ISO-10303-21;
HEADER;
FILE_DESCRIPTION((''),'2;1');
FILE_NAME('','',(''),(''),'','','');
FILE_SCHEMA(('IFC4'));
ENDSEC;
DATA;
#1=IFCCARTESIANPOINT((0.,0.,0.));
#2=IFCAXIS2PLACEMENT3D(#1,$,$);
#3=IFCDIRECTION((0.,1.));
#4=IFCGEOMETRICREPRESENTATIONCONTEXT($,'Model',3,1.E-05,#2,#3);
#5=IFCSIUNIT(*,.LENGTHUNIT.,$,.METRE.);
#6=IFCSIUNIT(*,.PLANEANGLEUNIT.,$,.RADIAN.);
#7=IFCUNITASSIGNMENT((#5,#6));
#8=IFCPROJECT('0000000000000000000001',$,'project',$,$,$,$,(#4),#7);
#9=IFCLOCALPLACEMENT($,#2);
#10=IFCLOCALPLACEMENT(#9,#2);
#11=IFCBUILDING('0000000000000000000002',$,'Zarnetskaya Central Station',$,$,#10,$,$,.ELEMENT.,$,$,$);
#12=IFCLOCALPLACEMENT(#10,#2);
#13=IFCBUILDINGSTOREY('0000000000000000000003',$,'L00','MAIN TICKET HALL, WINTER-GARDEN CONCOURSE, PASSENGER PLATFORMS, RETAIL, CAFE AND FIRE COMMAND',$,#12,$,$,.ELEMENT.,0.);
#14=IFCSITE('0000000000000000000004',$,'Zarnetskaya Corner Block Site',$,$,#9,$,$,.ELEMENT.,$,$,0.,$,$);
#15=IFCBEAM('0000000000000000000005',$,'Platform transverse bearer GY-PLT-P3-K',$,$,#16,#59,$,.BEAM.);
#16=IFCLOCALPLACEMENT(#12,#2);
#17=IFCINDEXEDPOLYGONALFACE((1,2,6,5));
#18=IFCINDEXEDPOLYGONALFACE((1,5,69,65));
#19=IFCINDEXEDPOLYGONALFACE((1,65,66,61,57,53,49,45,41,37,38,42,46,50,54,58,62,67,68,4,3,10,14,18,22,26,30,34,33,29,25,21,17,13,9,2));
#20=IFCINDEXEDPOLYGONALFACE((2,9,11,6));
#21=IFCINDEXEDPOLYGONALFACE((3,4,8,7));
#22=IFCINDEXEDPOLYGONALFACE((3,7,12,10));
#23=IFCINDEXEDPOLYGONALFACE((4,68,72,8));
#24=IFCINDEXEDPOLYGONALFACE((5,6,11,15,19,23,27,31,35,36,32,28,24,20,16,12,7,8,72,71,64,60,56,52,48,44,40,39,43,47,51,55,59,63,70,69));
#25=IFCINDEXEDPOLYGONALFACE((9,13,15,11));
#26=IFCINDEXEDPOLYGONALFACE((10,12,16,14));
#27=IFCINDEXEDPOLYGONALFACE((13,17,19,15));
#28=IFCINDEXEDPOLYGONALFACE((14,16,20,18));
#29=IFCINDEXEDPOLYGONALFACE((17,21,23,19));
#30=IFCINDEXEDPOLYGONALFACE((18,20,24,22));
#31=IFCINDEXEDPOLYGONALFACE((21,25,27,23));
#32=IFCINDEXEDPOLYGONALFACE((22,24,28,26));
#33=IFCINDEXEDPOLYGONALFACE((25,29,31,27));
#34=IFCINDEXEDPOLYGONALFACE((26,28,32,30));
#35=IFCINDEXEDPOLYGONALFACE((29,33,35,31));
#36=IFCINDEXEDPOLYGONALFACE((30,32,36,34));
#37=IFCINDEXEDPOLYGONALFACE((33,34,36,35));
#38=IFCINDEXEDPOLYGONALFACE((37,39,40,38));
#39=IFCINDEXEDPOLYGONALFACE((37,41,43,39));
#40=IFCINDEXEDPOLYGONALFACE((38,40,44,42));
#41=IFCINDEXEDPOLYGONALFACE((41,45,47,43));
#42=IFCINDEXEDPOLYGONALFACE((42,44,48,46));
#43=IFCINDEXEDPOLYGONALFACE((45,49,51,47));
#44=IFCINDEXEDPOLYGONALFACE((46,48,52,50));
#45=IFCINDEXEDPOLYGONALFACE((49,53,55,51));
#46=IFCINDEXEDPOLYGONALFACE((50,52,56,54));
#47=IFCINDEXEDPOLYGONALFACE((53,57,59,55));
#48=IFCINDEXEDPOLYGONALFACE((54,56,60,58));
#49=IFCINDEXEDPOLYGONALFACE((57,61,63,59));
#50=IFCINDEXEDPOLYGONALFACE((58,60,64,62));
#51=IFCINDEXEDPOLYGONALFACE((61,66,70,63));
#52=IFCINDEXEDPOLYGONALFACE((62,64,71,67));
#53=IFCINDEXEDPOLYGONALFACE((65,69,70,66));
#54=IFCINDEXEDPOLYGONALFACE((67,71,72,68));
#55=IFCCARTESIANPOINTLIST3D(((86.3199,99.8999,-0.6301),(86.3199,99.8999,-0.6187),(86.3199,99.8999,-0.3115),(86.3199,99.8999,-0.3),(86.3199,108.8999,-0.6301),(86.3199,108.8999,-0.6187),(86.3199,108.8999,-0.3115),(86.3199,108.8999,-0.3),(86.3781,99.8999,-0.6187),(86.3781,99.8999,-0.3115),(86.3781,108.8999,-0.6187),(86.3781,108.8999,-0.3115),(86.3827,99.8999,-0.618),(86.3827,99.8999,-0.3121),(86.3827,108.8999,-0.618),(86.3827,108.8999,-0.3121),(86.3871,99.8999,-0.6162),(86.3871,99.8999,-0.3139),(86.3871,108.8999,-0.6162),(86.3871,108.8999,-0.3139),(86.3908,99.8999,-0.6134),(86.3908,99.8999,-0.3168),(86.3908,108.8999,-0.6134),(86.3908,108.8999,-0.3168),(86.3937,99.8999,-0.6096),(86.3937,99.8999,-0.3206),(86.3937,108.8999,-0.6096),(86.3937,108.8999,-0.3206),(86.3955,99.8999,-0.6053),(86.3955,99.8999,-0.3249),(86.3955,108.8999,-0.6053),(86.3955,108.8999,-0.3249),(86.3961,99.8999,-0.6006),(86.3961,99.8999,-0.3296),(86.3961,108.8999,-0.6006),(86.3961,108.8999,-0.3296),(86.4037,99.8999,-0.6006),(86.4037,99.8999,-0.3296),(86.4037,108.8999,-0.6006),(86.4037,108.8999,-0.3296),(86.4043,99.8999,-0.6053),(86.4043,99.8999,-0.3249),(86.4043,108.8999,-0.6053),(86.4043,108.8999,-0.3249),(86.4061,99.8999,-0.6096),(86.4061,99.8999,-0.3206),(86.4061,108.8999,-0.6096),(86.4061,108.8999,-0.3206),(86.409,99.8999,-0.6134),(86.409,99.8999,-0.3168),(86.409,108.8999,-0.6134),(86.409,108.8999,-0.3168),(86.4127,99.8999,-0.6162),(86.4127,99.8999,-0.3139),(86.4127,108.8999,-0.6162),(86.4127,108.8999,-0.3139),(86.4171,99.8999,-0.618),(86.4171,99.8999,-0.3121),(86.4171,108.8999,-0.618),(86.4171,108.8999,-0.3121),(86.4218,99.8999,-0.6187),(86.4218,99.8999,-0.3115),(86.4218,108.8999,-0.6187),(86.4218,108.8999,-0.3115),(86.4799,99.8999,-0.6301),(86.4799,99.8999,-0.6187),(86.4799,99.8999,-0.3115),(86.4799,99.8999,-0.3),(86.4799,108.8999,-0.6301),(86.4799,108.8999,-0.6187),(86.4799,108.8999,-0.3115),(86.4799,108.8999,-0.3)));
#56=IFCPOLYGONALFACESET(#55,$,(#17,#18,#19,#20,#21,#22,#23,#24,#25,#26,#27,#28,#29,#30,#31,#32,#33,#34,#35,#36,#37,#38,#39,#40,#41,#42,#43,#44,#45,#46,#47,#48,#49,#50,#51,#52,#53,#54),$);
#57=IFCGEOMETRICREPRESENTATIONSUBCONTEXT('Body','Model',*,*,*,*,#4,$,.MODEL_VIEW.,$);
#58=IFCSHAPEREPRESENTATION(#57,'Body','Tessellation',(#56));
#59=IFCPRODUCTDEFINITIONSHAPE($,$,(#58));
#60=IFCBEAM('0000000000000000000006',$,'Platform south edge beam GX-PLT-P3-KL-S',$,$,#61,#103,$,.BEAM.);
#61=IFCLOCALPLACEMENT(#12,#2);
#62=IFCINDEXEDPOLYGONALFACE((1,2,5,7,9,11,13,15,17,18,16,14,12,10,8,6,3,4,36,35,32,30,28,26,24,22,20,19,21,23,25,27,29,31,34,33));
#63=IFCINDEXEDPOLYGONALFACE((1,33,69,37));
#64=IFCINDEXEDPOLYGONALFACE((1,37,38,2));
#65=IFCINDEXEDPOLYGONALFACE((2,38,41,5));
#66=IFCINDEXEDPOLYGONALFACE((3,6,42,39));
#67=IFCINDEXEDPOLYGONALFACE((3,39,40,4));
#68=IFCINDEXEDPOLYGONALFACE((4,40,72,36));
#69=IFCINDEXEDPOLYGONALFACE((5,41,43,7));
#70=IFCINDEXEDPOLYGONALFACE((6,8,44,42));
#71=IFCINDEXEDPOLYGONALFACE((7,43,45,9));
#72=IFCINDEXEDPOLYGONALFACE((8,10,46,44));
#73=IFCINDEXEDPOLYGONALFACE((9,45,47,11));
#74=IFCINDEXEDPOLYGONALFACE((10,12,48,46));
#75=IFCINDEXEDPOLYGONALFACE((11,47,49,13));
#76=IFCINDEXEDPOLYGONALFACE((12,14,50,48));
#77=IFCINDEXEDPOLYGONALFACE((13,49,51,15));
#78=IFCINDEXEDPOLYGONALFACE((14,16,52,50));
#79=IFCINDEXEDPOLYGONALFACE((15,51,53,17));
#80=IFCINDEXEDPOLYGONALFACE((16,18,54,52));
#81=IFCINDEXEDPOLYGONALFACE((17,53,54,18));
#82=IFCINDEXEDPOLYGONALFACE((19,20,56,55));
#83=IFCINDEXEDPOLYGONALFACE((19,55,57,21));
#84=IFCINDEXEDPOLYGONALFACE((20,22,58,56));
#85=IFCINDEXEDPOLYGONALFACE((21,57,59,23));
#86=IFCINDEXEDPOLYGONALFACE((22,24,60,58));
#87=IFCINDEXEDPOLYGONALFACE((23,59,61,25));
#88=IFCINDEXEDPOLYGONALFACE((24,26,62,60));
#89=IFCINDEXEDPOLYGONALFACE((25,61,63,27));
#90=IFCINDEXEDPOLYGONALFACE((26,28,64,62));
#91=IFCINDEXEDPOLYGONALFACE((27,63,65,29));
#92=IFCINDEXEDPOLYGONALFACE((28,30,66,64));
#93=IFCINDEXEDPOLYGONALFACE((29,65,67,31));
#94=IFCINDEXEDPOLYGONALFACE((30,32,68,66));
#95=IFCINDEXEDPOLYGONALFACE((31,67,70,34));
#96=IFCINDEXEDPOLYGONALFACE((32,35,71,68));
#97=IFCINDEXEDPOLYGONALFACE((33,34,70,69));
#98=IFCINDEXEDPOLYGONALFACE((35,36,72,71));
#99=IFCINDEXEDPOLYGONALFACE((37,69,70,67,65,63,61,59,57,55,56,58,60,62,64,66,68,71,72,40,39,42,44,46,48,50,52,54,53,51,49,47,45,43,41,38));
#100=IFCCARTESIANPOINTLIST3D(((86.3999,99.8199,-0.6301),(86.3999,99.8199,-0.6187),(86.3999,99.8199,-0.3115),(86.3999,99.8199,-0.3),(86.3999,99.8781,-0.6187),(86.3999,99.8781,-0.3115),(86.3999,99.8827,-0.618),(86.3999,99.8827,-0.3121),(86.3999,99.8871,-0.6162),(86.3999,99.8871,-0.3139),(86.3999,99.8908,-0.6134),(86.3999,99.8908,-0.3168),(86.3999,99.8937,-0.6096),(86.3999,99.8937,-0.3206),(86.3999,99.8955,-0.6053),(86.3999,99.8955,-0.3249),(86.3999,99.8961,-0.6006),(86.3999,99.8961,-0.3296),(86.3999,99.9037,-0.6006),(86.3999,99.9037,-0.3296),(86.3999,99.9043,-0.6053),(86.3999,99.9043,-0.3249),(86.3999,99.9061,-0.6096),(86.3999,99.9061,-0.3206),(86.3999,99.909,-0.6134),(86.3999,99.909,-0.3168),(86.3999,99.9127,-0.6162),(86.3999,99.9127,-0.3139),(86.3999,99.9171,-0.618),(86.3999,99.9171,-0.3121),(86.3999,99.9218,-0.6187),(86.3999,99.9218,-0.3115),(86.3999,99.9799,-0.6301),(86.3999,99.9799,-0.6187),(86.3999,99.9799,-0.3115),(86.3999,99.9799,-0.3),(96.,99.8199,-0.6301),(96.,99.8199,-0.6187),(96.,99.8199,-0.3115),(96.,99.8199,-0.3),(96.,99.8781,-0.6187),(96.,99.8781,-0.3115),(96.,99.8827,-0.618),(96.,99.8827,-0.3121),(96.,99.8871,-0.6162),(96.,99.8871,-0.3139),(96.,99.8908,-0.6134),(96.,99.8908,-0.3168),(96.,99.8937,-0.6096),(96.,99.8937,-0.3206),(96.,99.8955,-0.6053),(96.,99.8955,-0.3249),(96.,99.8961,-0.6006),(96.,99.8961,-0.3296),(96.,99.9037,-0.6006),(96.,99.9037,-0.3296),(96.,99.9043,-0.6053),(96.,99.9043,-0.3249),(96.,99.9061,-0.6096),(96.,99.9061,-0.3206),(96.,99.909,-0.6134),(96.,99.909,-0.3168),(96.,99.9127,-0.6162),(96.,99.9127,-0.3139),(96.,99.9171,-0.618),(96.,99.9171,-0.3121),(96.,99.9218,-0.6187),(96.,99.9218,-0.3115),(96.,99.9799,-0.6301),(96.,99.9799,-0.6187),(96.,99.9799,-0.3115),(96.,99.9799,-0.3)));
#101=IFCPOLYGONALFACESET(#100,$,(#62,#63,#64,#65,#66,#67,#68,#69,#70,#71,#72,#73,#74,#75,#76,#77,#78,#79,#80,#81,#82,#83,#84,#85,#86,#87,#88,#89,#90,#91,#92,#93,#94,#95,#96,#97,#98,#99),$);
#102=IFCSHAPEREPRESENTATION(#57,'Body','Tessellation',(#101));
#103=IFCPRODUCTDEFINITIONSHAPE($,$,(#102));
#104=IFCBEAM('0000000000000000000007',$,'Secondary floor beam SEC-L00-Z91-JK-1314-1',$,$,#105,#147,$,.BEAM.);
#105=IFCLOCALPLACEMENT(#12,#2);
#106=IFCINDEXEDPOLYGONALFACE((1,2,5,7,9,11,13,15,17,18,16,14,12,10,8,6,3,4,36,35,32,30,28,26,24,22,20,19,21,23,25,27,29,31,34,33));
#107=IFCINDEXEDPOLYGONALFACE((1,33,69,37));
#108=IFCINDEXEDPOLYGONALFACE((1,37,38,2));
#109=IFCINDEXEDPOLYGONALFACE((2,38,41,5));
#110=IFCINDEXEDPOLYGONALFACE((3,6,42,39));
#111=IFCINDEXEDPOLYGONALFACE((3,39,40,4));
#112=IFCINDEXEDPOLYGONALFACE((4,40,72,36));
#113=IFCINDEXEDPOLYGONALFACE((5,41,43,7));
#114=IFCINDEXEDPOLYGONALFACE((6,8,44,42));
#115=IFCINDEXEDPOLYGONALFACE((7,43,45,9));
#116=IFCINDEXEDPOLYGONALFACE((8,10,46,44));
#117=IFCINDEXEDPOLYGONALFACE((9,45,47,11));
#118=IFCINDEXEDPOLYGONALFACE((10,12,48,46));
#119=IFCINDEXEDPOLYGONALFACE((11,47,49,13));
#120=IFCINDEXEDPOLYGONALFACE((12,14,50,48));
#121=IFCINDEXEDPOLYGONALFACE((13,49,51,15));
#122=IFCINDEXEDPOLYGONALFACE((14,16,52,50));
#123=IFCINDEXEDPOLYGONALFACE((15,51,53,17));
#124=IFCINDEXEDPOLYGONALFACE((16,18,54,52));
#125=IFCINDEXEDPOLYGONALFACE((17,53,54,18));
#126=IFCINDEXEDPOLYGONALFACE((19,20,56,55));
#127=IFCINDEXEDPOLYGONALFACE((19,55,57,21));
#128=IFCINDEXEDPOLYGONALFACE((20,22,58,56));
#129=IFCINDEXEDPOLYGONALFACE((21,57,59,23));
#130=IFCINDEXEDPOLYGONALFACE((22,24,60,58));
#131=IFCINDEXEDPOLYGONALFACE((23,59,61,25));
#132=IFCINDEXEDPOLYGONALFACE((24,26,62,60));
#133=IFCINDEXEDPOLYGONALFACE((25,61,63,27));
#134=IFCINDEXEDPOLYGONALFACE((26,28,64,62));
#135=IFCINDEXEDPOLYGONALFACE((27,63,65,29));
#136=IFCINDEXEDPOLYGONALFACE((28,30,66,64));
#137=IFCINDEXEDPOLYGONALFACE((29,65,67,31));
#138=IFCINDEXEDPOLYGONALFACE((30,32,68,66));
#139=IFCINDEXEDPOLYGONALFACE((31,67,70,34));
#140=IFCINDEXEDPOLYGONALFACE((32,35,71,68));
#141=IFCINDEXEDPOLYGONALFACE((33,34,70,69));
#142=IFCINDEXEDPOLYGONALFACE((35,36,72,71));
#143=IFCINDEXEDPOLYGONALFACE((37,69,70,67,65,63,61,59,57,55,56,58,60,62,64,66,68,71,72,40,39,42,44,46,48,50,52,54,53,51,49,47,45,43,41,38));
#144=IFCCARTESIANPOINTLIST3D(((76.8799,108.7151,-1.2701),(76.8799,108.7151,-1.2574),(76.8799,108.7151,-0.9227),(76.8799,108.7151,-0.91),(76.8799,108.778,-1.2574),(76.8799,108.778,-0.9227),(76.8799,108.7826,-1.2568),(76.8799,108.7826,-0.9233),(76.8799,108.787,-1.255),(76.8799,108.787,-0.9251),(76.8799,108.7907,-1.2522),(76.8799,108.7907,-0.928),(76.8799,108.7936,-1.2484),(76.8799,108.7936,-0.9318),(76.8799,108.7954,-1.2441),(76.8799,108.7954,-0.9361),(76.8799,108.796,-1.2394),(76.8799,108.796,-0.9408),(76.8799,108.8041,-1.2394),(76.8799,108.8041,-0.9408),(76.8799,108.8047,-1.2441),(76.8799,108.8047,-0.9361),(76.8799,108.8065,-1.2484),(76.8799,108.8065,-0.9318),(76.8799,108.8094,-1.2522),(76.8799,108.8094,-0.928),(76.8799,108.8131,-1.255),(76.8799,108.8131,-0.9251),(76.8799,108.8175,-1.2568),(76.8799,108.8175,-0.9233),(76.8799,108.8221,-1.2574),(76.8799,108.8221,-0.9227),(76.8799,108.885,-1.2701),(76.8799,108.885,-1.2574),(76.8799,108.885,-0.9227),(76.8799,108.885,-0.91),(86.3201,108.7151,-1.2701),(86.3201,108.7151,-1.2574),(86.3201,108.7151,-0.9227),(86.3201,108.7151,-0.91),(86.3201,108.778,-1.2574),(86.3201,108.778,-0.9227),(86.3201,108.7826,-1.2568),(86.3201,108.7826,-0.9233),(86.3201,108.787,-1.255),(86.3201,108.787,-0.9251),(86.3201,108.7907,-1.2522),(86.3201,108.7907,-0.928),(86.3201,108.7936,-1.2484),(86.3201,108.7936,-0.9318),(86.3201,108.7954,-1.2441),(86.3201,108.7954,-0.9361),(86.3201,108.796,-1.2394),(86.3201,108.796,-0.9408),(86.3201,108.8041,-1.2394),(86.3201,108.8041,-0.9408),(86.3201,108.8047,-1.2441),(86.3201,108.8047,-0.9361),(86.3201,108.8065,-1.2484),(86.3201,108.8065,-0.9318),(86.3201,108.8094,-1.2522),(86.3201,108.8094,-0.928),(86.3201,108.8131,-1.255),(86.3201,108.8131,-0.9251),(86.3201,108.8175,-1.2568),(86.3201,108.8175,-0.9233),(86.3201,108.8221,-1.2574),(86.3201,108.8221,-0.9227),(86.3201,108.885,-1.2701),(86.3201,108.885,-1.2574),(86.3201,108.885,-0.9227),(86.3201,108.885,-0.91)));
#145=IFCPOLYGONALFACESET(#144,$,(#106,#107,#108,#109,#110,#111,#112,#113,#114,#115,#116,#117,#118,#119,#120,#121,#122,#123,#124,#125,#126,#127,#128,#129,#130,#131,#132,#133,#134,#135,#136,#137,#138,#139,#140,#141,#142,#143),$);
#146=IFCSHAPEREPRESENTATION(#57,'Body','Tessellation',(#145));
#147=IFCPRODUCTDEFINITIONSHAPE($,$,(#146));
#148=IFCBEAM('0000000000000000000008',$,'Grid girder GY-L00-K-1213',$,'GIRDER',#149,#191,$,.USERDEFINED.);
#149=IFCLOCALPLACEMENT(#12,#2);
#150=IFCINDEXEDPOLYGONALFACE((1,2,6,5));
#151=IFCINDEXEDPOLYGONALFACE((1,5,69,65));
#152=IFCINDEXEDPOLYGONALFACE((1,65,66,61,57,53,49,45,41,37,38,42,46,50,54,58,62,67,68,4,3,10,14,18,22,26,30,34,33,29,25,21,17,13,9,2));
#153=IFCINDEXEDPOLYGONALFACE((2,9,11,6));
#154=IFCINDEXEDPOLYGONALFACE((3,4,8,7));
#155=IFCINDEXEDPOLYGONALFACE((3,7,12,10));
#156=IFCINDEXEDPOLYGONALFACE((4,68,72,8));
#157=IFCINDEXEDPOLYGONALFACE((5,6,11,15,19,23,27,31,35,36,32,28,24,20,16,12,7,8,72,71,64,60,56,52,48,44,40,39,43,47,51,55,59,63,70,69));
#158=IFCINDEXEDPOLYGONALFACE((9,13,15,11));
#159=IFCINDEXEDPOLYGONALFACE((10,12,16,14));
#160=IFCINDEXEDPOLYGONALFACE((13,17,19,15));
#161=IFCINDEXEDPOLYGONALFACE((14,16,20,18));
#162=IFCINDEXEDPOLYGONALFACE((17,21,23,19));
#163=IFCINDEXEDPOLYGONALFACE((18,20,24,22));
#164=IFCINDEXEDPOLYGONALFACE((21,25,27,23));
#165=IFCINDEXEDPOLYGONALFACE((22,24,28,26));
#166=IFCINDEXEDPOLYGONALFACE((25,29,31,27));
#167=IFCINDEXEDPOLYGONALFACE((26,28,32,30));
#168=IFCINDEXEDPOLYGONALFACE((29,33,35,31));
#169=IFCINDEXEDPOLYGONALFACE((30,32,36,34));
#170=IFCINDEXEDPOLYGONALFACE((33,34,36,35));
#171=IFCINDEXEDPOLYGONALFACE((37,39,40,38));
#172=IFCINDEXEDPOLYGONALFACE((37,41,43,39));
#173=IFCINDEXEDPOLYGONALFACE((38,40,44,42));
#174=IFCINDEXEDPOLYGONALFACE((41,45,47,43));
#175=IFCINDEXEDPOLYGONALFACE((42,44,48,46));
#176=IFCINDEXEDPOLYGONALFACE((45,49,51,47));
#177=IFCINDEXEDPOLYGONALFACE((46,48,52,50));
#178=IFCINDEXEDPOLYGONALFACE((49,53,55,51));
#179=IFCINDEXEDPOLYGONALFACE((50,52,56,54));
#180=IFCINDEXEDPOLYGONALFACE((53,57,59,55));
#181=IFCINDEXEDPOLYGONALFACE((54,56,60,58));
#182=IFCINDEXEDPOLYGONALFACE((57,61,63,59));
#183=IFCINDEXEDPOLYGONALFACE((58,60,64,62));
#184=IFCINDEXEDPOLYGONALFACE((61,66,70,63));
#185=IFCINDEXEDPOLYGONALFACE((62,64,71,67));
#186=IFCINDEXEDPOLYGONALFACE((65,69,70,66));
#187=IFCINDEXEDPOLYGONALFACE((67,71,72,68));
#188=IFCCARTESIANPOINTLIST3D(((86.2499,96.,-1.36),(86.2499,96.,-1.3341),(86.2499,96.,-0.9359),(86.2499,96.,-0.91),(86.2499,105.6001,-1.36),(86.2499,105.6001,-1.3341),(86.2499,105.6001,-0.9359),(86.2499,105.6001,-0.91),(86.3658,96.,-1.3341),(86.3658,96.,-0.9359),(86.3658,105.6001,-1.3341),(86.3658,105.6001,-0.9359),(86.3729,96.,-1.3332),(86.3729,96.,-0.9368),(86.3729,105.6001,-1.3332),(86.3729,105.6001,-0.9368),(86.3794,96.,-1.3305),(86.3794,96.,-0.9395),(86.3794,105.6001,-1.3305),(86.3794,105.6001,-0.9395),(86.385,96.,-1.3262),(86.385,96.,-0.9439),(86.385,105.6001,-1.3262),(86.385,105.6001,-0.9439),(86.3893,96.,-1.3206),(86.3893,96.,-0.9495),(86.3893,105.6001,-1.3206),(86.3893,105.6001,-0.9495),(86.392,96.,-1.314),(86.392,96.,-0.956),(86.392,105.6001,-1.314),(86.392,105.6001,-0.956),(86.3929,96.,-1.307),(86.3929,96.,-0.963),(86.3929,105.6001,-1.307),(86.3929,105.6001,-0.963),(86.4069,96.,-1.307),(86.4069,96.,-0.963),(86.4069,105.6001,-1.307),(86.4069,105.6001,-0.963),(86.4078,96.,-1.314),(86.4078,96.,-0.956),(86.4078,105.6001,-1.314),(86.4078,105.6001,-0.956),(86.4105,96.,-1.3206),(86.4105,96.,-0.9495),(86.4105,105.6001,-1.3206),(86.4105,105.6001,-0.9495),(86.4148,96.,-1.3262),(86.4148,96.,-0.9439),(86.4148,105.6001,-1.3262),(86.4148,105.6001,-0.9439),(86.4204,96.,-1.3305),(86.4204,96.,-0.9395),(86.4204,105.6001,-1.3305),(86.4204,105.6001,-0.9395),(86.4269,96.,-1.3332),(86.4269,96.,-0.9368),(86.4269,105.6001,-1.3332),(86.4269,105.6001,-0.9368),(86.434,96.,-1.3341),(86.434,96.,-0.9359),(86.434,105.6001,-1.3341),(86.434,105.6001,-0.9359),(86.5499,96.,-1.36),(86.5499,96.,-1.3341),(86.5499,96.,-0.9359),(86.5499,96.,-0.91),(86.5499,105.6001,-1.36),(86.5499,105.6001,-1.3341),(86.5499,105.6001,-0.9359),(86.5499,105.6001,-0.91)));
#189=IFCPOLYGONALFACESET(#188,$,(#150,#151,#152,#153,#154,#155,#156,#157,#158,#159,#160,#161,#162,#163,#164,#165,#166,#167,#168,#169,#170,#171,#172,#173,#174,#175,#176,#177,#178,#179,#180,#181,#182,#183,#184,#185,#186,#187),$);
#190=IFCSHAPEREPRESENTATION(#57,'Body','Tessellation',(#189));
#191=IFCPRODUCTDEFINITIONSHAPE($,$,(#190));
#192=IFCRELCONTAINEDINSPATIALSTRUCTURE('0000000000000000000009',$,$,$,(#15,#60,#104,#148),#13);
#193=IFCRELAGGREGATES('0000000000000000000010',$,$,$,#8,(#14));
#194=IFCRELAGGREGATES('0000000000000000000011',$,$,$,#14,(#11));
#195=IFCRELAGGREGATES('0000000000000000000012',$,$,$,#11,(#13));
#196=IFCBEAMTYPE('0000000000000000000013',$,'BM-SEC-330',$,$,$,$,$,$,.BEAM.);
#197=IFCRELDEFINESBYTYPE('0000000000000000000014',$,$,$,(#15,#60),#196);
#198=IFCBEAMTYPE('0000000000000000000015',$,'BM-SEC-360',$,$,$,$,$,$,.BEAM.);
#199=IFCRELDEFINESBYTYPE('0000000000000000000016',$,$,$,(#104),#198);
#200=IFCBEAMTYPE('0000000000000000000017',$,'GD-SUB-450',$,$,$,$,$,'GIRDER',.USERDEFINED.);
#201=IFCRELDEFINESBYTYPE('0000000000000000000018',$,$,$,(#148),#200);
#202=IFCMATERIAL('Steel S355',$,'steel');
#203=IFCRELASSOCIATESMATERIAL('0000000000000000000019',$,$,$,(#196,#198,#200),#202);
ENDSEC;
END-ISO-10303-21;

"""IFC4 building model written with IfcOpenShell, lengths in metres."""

from ifc_helpers import new_model, si_unit, direction, frame, origin, origin_2d, place, context, subcontext, project, spatial, i_section, extrude, material, material_profile, profile_set, type_object, element, save


model = new_model("IFC4")

# Units and contexts
model_context = context("Model", 3, precision=1e-05, world=origin(), true_north=direction((0.0, 1.0)))
body_context = subcontext(model_context, "Body", "Model", "MODEL_VIEW")
ifc_project = project(units=[si_unit("LENGTHUNIT", "METRE"), si_unit("PLANEANGLEUNIT", "RADIAN")], contexts=[model_context])

# Site, building, storey
site_placement = place(None, origin())
site = spatial("IfcSite", under=ifc_project, at=site_placement, Name="Zarnetskaya Corner Block Site", CompositionType="ELEMENT", RefElevation=0.0)
building_placement = place(site_placement, origin())
building = spatial("IfcBuilding", under=site, at=building_placement, Name="Zarnetskaya Central Station", CompositionType="ELEMENT")
storey_placement = place(building_placement, origin())
storey = spatial("IfcBuildingStorey", under=building, at=storey_placement, Name="L00", Description="MAIN TICKET HALL, WINTER-GARDEN CONCOURSE, PASSENGER PLATFORMS, RETAIL, CAFE AND FIRE COMMAND", CompositionType="ELEMENT", Elevation=0.0)

# Shared definitions
ifc_material_1 = material(Name="Steel S355", Category="steel")

# Beams
ifc_material_profile_1 = material_profile(ifc_material_1, i_section(OverallWidth=0.1599, OverallDepth=0.3301, WebThickness=0.0076, FlangeThickness=0.0115, FilletRadius=0.0181, at=origin_2d()), Name="IPE 330")
ifc_profile_set_1 = profile_set([ifc_material_profile_1], Name="Steel S355")
beam_type_1 = type_object("IfcBeamType", Name="BM-SEC-330", PredefinedType="BEAM", material=ifc_profile_set_1)
beam_1_placement = place(storey_placement, frame((86.3999, 99.8999, -0.4651), z_axis=(0.0, 1.0, 0.0), x_axis=(-1.0, 0.0, 0.0)))
element("IfcBeam", 1, at=beam_1_placement, inside=storey, type_object=beam_type_1, Name="Platform transverse bearer GY-PLT-P3-K", PredefinedType="BEAM", context=body_context, shape_type="SweptSolid", body=[
    extrude(i_section(OverallWidth=0.1599, OverallDepth=0.3301, WebThickness=0.0076, FlangeThickness=0.0115, FilletRadius=0.0181, at=origin_2d()), origin(), (0.0, 0.0, 1.0), 9.0),
])
beam_2_placement = place(storey_placement, frame((86.3999, 99.8999, -0.4651), z_axis=(1.0, 0.0, 0.0), x_axis=(0.0, 1.0, 0.0)))
element("IfcBeam", 2, at=beam_2_placement, inside=storey, type_object=beam_type_1, Name="Platform south edge beam GX-PLT-P3-KL-S", PredefinedType="BEAM", context=body_context, shape_type="SweptSolid", body=[
    extrude(i_section(OverallWidth=0.1599, OverallDepth=0.3301, WebThickness=0.0076, FlangeThickness=0.0115, FilletRadius=0.0181, at=origin_2d()), origin(), (0.0, 0.0, 1.0), 9.6001),
])
ifc_material_profile_2 = material_profile(ifc_material_1, i_section(OverallWidth=0.1699, OverallDepth=0.3601, WebThickness=0.0081, FlangeThickness=0.0127, FilletRadius=0.0181, at=origin_2d()), Name="IPE 360")
ifc_profile_set_2 = profile_set([ifc_material_profile_2], Name="Steel S355")
beam_type_2 = type_object("IfcBeamType", Name="BM-SEC-360", PredefinedType="BEAM", material=ifc_profile_set_2)
beam_3_placement = place(storey_placement, frame((76.8799, 108.8, -1.0901), z_axis=(1.0, 0.0, 0.0), x_axis=(0.0, 1.0, 0.0)))
element("IfcBeam", 3, at=beam_3_placement, inside=storey, type_object=beam_type_2, Name="Secondary floor beam SEC-L00-Z91-JK-1314-1", PredefinedType="BEAM", context=body_context, shape_type="SweptSolid", body=[
    extrude(i_section(OverallWidth=0.1699, OverallDepth=0.3601, WebThickness=0.0081, FlangeThickness=0.0127, FilletRadius=0.0181, at=origin_2d()), origin(), (0.0, 0.0, 1.0), 9.4402),
])
ifc_material_profile_3 = material_profile(ifc_material_1, i_section(OverallWidth=0.3, OverallDepth=0.45, WebThickness=0.0139, FlangeThickness=0.0259, FilletRadius=0.0271, at=origin_2d()), Name="HEB 450")
ifc_profile_set_3 = profile_set([ifc_material_profile_3], Name="Steel S355")
beam_type_3 = type_object("IfcBeamType", Name="GD-SUB-450", ElementType="GIRDER", PredefinedType="USERDEFINED", material=ifc_profile_set_3)
beam_4_placement = place(storey_placement, frame((86.3999, 96.0, -1.135), z_axis=(0.0, 1.0, 0.0), x_axis=(-1.0, 0.0, 0.0)))
element("IfcBeam", 4, at=beam_4_placement, inside=storey, type_object=beam_type_3, Name="Grid girder GY-L00-K-1213", ObjectType="GIRDER", PredefinedType="USERDEFINED", context=body_context, shape_type="SweptSolid", body=[
    extrude(i_section(OverallWidth=0.3, OverallDepth=0.45, WebThickness=0.0139, FlangeThickness=0.0259, FilletRadius=0.0271, at=origin_2d()), origin(), (0.0, 0.0, 1.0), 9.6001),
])

save(model, "model.ifc")
